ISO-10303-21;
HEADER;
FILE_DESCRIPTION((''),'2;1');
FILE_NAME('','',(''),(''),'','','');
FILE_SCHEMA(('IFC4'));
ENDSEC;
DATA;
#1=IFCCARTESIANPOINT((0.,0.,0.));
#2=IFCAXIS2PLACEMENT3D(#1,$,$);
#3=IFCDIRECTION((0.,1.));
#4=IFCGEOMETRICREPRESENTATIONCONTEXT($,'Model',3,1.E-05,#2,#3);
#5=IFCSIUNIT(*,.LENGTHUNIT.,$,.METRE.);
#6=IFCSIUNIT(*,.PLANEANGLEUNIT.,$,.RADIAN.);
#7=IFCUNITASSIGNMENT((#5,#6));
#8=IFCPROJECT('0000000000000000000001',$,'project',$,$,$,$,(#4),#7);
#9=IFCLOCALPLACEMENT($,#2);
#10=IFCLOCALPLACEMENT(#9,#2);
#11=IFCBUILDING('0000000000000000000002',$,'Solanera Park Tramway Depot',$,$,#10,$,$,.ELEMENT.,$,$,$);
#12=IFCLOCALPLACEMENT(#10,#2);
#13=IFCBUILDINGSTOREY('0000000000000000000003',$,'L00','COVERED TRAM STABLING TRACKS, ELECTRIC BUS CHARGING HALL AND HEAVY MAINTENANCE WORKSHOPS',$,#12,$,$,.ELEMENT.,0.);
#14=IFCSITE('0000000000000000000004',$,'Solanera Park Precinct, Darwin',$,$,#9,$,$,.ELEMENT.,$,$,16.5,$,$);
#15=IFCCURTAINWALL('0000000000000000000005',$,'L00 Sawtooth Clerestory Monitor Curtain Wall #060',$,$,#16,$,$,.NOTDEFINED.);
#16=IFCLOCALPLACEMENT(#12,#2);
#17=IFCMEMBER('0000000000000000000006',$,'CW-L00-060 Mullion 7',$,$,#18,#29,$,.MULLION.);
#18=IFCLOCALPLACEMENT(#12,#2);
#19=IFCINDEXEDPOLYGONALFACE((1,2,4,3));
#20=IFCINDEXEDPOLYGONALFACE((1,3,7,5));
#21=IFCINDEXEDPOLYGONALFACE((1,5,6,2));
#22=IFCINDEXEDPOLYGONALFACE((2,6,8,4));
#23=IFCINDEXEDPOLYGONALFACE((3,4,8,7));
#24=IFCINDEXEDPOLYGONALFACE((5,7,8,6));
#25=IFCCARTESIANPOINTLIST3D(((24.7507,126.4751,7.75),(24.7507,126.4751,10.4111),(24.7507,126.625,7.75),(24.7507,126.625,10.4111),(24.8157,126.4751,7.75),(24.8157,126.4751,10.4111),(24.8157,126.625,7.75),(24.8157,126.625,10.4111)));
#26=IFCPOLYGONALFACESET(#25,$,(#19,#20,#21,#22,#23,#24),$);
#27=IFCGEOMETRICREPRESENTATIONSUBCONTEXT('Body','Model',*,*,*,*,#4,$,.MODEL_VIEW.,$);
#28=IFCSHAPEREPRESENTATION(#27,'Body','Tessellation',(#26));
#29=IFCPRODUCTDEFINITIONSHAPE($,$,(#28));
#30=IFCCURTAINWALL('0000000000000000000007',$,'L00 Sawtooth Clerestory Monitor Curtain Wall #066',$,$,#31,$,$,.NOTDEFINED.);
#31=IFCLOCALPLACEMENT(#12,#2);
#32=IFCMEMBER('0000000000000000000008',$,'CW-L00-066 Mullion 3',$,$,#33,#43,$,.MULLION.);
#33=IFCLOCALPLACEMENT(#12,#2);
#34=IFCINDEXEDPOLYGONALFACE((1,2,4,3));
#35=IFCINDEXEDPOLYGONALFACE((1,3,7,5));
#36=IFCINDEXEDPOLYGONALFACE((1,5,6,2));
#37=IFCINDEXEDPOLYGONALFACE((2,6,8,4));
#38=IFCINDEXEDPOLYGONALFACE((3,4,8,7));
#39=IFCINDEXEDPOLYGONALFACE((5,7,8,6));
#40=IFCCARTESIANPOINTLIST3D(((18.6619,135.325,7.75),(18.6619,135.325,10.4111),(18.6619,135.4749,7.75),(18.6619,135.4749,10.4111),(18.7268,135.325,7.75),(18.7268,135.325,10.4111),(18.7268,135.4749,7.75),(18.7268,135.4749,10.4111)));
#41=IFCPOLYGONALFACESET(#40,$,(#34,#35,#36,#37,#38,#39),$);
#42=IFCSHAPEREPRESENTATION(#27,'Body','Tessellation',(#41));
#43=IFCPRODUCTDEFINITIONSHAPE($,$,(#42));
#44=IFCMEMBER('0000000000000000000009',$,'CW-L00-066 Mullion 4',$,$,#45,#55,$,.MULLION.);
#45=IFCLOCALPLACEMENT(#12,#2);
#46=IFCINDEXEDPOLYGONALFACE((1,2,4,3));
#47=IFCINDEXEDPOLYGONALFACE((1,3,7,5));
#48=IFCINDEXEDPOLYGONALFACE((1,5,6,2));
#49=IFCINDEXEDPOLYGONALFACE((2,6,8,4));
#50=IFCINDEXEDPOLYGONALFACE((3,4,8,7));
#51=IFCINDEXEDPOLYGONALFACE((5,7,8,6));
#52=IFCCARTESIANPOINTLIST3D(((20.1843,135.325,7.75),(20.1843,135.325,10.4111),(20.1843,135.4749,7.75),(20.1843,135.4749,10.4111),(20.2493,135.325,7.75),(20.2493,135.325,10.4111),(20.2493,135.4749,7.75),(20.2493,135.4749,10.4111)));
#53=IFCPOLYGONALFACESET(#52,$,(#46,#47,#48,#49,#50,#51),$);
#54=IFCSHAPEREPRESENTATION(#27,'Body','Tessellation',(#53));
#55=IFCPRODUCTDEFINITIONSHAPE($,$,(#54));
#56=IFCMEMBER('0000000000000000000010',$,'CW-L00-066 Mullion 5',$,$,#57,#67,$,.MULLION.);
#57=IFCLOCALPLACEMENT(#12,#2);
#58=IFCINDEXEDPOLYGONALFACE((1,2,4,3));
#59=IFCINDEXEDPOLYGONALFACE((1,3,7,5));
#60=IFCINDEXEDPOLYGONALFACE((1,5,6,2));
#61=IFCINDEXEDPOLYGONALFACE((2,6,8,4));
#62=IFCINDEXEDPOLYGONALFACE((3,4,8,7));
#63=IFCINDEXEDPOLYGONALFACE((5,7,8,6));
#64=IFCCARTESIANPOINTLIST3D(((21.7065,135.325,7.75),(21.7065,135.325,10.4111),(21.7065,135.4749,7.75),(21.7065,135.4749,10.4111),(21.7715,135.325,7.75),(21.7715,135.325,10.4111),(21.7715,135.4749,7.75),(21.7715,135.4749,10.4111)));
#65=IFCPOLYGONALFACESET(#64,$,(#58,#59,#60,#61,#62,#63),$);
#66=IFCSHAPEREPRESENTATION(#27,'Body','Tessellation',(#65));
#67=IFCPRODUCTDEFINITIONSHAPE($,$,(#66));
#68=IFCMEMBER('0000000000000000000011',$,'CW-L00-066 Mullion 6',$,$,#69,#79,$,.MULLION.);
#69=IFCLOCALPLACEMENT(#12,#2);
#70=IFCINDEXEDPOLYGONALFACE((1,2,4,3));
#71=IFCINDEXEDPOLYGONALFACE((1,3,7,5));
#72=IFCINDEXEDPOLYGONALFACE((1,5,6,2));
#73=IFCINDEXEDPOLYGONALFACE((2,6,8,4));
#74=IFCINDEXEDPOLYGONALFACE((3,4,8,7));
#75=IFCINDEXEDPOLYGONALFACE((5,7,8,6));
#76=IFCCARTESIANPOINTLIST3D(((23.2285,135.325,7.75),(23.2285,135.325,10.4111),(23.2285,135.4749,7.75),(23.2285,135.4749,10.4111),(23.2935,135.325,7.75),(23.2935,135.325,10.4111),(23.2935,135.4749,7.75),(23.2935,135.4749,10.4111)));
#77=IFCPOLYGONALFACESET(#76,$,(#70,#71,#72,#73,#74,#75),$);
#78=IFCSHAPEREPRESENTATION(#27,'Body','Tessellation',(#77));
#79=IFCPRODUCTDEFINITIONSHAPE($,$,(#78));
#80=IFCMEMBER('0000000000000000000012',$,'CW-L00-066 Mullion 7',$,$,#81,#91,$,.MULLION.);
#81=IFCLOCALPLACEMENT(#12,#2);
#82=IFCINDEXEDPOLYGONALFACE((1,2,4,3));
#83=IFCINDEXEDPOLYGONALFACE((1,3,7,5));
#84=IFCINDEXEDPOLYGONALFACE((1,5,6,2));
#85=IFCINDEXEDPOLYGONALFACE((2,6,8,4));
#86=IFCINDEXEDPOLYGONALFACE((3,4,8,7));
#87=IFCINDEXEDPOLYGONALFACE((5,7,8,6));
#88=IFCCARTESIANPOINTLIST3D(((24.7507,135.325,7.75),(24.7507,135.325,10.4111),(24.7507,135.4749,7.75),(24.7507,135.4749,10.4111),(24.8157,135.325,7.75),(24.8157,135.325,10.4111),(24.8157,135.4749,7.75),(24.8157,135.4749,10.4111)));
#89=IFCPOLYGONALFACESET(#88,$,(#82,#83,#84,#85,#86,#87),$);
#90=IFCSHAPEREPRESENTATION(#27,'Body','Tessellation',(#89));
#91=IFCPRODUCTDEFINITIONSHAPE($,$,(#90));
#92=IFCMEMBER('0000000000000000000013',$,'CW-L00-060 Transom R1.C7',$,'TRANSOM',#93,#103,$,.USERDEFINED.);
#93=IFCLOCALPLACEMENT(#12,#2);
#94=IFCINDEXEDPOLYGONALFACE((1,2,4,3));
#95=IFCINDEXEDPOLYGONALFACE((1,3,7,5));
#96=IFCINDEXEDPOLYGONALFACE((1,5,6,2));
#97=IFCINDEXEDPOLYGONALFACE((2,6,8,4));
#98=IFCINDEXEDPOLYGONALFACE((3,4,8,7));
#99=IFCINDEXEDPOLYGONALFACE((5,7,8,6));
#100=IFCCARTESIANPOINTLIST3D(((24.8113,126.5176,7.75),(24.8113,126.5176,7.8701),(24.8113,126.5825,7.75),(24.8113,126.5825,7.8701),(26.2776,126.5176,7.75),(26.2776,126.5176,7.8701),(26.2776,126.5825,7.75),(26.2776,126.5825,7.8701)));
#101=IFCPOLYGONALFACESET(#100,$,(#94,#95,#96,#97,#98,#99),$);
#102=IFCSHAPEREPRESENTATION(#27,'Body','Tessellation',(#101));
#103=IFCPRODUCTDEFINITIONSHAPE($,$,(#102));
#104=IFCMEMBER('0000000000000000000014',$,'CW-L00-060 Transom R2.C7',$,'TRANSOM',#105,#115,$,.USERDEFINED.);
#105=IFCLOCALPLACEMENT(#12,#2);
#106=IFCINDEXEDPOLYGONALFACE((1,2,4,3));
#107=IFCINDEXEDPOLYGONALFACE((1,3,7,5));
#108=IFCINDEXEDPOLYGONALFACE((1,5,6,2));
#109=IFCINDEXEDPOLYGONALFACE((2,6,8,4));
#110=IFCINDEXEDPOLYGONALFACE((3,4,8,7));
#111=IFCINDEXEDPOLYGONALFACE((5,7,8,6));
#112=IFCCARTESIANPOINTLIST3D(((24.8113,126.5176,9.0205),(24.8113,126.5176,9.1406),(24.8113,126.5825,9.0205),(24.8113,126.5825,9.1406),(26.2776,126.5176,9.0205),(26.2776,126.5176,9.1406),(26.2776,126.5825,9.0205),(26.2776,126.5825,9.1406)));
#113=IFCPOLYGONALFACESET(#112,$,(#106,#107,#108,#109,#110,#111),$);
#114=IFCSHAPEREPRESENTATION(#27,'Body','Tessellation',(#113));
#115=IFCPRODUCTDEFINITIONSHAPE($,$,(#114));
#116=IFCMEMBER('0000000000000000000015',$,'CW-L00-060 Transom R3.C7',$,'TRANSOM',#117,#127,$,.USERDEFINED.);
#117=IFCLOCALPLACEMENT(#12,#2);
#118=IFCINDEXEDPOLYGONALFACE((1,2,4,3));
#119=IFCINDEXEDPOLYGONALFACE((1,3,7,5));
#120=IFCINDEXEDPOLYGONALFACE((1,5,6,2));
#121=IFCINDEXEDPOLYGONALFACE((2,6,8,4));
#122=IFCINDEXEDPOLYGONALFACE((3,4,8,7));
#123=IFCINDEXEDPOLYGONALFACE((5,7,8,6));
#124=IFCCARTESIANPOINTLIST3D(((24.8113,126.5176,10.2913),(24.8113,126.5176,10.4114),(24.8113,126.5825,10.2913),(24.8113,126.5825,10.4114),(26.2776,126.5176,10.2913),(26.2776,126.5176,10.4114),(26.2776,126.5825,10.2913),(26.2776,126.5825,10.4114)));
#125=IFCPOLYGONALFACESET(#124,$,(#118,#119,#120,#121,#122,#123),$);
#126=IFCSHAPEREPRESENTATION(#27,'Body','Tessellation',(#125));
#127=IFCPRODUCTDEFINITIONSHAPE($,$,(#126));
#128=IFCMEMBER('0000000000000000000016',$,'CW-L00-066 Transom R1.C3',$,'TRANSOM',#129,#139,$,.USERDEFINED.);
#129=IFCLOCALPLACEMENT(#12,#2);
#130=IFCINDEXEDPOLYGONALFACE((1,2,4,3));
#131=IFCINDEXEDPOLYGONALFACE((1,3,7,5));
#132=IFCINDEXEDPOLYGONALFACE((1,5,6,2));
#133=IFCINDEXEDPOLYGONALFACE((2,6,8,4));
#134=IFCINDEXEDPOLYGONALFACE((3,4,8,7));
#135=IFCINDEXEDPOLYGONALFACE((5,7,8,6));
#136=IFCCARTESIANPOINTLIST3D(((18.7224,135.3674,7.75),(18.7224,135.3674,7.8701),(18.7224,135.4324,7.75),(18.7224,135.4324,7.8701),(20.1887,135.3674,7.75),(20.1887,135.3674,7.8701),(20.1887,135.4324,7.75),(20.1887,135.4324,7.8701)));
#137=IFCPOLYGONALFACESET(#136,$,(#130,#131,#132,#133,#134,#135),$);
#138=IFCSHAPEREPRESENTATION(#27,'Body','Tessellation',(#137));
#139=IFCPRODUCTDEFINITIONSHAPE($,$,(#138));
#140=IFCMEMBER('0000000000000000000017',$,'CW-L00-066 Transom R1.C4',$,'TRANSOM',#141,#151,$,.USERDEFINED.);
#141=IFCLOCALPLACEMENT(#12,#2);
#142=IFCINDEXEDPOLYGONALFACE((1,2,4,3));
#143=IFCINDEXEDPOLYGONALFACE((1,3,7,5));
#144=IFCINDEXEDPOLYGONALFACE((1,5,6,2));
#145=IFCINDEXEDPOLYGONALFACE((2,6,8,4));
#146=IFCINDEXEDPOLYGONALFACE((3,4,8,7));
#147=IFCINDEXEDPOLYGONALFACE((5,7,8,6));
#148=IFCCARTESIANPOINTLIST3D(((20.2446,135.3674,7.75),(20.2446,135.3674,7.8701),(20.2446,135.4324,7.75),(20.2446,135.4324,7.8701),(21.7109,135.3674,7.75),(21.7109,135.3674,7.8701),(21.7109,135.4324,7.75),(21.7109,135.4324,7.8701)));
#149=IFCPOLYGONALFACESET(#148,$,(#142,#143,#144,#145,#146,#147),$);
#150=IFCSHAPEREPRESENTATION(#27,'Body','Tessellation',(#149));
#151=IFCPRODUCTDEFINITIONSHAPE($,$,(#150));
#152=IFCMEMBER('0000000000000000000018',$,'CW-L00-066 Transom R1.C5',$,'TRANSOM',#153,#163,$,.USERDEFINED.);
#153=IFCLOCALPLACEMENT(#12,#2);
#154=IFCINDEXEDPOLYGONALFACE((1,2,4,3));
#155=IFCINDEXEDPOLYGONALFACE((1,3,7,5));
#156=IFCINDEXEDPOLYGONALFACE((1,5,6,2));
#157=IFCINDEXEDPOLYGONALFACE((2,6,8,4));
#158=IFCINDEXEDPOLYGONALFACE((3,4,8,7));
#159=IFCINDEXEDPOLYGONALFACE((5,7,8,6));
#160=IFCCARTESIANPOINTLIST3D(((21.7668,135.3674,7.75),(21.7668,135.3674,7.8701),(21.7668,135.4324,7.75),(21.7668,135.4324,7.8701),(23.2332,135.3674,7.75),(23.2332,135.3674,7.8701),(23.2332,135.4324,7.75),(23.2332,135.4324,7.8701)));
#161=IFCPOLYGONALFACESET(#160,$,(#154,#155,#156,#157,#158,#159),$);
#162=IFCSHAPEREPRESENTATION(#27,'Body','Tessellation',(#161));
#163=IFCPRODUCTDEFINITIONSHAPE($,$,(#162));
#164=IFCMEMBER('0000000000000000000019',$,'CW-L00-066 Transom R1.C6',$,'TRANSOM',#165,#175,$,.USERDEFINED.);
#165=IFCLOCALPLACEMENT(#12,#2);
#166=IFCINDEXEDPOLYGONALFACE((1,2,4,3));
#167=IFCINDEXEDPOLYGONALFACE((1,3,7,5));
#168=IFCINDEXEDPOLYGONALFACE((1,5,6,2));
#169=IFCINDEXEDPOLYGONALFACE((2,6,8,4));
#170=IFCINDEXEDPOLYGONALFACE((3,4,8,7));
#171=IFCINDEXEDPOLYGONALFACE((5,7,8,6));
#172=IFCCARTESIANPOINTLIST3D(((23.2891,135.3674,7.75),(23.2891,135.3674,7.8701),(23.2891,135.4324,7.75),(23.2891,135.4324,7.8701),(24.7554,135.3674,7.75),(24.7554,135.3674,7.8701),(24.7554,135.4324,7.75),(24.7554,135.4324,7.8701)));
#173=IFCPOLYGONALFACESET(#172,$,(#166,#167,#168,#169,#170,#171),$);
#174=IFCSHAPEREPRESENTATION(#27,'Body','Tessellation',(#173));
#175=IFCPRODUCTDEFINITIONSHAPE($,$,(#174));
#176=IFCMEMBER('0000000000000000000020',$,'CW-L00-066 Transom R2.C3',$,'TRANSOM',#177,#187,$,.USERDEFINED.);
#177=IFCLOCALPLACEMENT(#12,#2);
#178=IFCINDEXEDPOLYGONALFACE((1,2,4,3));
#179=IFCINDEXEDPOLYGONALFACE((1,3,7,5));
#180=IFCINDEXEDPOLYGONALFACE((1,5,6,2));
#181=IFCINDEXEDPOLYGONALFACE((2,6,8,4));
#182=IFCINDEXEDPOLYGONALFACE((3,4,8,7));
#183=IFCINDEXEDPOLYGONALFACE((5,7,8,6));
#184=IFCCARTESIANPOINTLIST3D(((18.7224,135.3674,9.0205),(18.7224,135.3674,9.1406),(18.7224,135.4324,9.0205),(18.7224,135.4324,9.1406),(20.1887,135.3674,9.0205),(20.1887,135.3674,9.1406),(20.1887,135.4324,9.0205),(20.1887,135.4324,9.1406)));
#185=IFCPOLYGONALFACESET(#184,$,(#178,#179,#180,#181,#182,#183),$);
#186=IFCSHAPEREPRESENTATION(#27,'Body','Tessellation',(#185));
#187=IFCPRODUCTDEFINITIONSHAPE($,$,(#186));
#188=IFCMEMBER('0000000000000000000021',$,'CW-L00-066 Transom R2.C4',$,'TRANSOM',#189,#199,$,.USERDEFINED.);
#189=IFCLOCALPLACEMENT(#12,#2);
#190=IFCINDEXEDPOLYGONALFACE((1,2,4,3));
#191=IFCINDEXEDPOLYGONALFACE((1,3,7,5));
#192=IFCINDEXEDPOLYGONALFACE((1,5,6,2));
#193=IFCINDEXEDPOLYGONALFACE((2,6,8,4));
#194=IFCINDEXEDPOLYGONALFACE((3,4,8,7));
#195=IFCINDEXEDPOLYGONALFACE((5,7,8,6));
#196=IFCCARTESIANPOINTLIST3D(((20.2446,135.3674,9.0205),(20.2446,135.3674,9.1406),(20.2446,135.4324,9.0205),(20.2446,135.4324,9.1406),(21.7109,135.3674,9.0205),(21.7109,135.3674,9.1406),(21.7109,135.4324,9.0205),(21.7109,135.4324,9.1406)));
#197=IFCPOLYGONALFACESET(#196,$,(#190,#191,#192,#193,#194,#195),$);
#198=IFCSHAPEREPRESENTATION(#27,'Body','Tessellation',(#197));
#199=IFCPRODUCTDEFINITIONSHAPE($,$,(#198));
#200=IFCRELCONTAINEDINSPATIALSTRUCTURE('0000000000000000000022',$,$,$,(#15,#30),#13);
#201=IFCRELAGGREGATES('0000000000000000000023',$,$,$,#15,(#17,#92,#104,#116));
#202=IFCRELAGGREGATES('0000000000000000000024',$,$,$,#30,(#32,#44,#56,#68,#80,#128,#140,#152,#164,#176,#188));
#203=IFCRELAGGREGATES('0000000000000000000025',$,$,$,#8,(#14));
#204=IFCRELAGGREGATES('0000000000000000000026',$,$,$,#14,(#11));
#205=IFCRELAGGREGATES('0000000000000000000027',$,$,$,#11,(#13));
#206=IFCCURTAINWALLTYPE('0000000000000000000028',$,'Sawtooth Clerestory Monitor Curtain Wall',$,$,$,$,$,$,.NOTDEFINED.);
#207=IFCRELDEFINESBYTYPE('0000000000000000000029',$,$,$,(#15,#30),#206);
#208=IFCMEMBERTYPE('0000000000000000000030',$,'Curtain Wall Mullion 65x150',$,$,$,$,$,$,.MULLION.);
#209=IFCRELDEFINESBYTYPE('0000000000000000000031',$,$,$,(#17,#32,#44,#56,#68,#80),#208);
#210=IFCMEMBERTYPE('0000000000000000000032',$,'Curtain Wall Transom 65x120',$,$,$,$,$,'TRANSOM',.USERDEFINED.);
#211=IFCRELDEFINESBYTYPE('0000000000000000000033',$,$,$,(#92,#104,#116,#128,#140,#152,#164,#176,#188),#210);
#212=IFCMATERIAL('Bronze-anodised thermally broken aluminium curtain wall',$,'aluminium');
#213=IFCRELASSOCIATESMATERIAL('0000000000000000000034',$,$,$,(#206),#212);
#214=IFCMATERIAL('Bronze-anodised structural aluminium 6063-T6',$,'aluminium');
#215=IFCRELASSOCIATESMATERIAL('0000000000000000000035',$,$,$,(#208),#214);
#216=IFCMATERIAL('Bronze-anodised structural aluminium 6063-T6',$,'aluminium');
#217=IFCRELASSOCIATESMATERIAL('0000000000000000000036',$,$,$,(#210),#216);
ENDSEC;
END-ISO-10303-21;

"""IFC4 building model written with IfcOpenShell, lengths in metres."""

from ifc_helpers import new_model, si_unit, direction, frame, origin, origin_2d, place, context, subcontext, project, spatial, rectangle, extrude, material, material_profile, profile_set, type_object, element, aggregate, save


model = new_model("IFC4")

# Units and contexts
model_context = context("Model", 3, precision=1e-05, world=origin(), true_north=direction((0.0, 1.0)))
body_context = subcontext(model_context, "Body", "Model", "MODEL_VIEW")
ifc_project = project(units=[si_unit("LENGTHUNIT", "METRE"), si_unit("PLANEANGLEUNIT", "RADIAN")], contexts=[model_context])

# Site, building, storey
site_placement = place(None, origin())
site = spatial("IfcSite", under=ifc_project, at=site_placement, Name="Solanera Park Precinct, Darwin", CompositionType="ELEMENT", RefElevation=16.5)
building_placement = place(site_placement, origin())
building = spatial("IfcBuilding", under=site, at=building_placement, Name="Solanera Park Tramway Depot", CompositionType="ELEMENT")
storey_placement = place(building_placement, origin())
storey = spatial("IfcBuildingStorey", under=building, at=storey_placement, Name="L00", Description="COVERED TRAM STABLING TRACKS, ELECTRIC BUS CHARGING HALL AND HEAVY MAINTENANCE WORKSHOPS", CompositionType="ELEMENT", Elevation=0.0)

# Curtain wall, member
ifc_material_1 = material(Name="Bronze-anodised thermally broken aluminium curtain wall", Category="aluminium")
curtain_wall_type = type_object("IfcCurtainWallType", Name="Sawtooth Clerestory Monitor Curtain Wall", PredefinedType="NOTDEFINED", material=ifc_material_1)
curtain_wall_1_placement = place(storey_placement, origin())
curtain_wall_1 = element("IfcCurtainWall", 1, at=curtain_wall_1_placement, inside=storey, type_object=curtain_wall_type, Name="L00 Sawtooth Clerestory Monitor Curtain Wall #060", PredefinedType="NOTDEFINED")
ifc_material_2 = material(Name="Bronze-anodised structural aluminium 6063-T6", Category="aluminium")
ifc_material_profile_1 = material_profile(ifc_material_2, rectangle(XDim=0.0649, YDim=0.1499, at=origin_2d()), Name="Curtain Wall Mullion 65x150")
ifc_profile_set_1 = profile_set([ifc_material_profile_1], Name="Bronze-anodised structural aluminium 6063-T6")
member_type_1 = type_object("IfcMemberType", Name="Curtain Wall Mullion 65x150", PredefinedType="MULLION", material=ifc_profile_set_1)
member_1_placement = place(storey_placement, frame((24.7832, 126.55, 7.75), z_axis=(0.0, 0.0, 1.0), x_axis=(1.0, 0.0, 0.0)))
member_1 = element("IfcMember", 2, at=member_1_placement, type_object=member_type_1, Name="CW-L00-060 Mullion 7", PredefinedType="MULLION", context=body_context, shape_type="SweptSolid", body=[
    extrude(rectangle(XDim=0.0649, YDim=0.1499, at=origin_2d()), origin(), (0.0, 0.0, 1.0), 2.6611),
])

# Curtain wall, members
curtain_wall_2_placement = place(storey_placement, origin())
curtain_wall_2 = element("IfcCurtainWall", 3, at=curtain_wall_2_placement, inside=storey, type_object=curtain_wall_type, Name="L00 Sawtooth Clerestory Monitor Curtain Wall #066", PredefinedType="NOTDEFINED")
member_2_placement = place(storey_placement, frame((18.6943, 135.3999, 7.75), z_axis=(0.0, 0.0, 1.0), x_axis=(1.0, 0.0, 0.0)))
member_2 = element("IfcMember", 4, at=member_2_placement, type_object=member_type_1, Name="CW-L00-066 Mullion 3", PredefinedType="MULLION", context=body_context, shape_type="SweptSolid", body=[
    extrude(rectangle(XDim=0.0649, YDim=0.1499, at=origin_2d()), origin(), (0.0, 0.0, 1.0), 2.6611),
])
member_3_placement = place(storey_placement, frame((20.2168, 135.3999, 7.75), z_axis=(0.0, 0.0, 1.0), x_axis=(1.0, 0.0, 0.0)))
member_3 = element("IfcMember", 5, at=member_3_placement, type_object=member_type_1, Name="CW-L00-066 Mullion 4", PredefinedType="MULLION", context=body_context, shape_type="SweptSolid", body=[
    extrude(rectangle(XDim=0.0649, YDim=0.1499, at=origin_2d()), origin(), (0.0, 0.0, 1.0), 2.6611),
])
member_4_placement = place(storey_placement, frame((21.739, 135.3999, 7.75), z_axis=(0.0, 0.0, 1.0), x_axis=(1.0, 0.0, 0.0)))
member_4 = element("IfcMember", 6, at=member_4_placement, type_object=member_type_1, Name="CW-L00-066 Mullion 5", PredefinedType="MULLION", context=body_context, shape_type="SweptSolid", body=[
    extrude(rectangle(XDim=0.0649, YDim=0.1499, at=origin_2d()), origin(), (0.0, 0.0, 1.0), 2.6611),
])
member_5_placement = place(storey_placement, frame((23.261, 135.3999, 7.75), z_axis=(0.0, 0.0, 1.0), x_axis=(1.0, 0.0, 0.0)))
member_5 = element("IfcMember", 7, at=member_5_placement, type_object=member_type_1, Name="CW-L00-066 Mullion 6", PredefinedType="MULLION", context=body_context, shape_type="SweptSolid", body=[
    extrude(rectangle(XDim=0.0649, YDim=0.1499, at=origin_2d()), origin(), (0.0, 0.0, 1.0), 2.6611),
])
member_6_placement = place(storey_placement, frame((24.7832, 135.3999, 7.75), z_axis=(0.0, 0.0, 1.0), x_axis=(1.0, 0.0, 0.0)))
member_6 = element("IfcMember", 8, at=member_6_placement, type_object=member_type_1, Name="CW-L00-066 Mullion 7", PredefinedType="MULLION", context=body_context, shape_type="SweptSolid", body=[
    extrude(rectangle(XDim=0.0649, YDim=0.1499, at=origin_2d()), origin(), (0.0, 0.0, 1.0), 2.6611),
])

# Members
ifc_material_3 = material(Name="Bronze-anodised structural aluminium 6063-T6", Category="aluminium")
ifc_material_profile_2 = material_profile(ifc_material_3, rectangle(XDim=0.0649, YDim=0.1201, at=origin_2d()), Name="Curtain Wall Transom 65x120")
ifc_profile_set_2 = profile_set([ifc_material_profile_2], Name="Bronze-anodised structural aluminium 6063-T6")
member_type_2 = type_object("IfcMemberType", Name="Curtain Wall Transom 65x120", ElementType="TRANSOM", PredefinedType="USERDEFINED", material=ifc_profile_set_2)
member_7_placement = place(storey_placement, frame((24.8113, 126.55, 7.8101), z_axis=(1.0, 0.0, 0.0), x_axis=(0.0, 1.0, 0.0)))
member_7 = element("IfcMember", 9, at=member_7_placement, type_object=member_type_2, Name="CW-L00-060 Transom R1.C7", ObjectType="TRANSOM", PredefinedType="USERDEFINED", context=body_context, shape_type="SweptSolid", body=[
    extrude(rectangle(XDim=0.0649, YDim=0.1201, at=origin_2d()), origin(), (0.0, 0.0, 1.0), 1.4663),
])
member_8_placement = place(storey_placement, frame((24.8113, 126.55, 9.0806), z_axis=(1.0, 0.0, 0.0), x_axis=(0.0, 1.0, 0.0)))
member_8 = element("IfcMember", 10, at=member_8_placement, type_object=member_type_2, Name="CW-L00-060 Transom R2.C7", ObjectType="TRANSOM", PredefinedType="USERDEFINED", context=body_context, shape_type="SweptSolid", body=[
    extrude(rectangle(XDim=0.0649, YDim=0.1201, at=origin_2d()), origin(), (0.0, 0.0, 1.0), 1.4663),
])
member_9_placement = place(storey_placement, frame((24.8113, 126.55, 10.3513), z_axis=(1.0, 0.0, 0.0), x_axis=(0.0, 1.0, 0.0)))
member_9 = element("IfcMember", 11, at=member_9_placement, type_object=member_type_2, Name="CW-L00-060 Transom R3.C7", ObjectType="TRANSOM", PredefinedType="USERDEFINED", context=body_context, shape_type="SweptSolid", body=[
    extrude(rectangle(XDim=0.0649, YDim=0.1201, at=origin_2d()), origin(), (0.0, 0.0, 1.0), 1.4663),
])
member_10_placement = place(storey_placement, frame((18.7224, 135.3999, 7.8101), z_axis=(1.0, 0.0, 0.0), x_axis=(0.0, 1.0, 0.0)))
member_10 = element("IfcMember", 12, at=member_10_placement, type_object=member_type_2, Name="CW-L00-066 Transom R1.C3", ObjectType="TRANSOM", PredefinedType="USERDEFINED", context=body_context, shape_type="SweptSolid", body=[
    extrude(rectangle(XDim=0.0649, YDim=0.1201, at=origin_2d()), origin(), (0.0, 0.0, 1.0), 1.4663),
])
member_11_placement = place(storey_placement, frame((20.2446, 135.3999, 7.8101), z_axis=(1.0, 0.0, 0.0), x_axis=(0.0, 1.0, 0.0)))
member_11 = element("IfcMember", 13, at=member_11_placement, type_object=member_type_2, Name="CW-L00-066 Transom R1.C4", ObjectType="TRANSOM", PredefinedType="USERDEFINED", context=body_context, shape_type="SweptSolid", body=[
    extrude(rectangle(XDim=0.0649, YDim=0.1201, at=origin_2d()), origin(), (0.0, 0.0, 1.0), 1.4663),
])
member_12_placement = place(storey_placement, frame((21.7668, 135.3999, 7.8101), z_axis=(1.0, 0.0, 0.0), x_axis=(0.0, 1.0, 0.0)))
member_12 = element("IfcMember", 14, at=member_12_placement, type_object=member_type_2, Name="CW-L00-066 Transom R1.C5", ObjectType="TRANSOM", PredefinedType="USERDEFINED", context=body_context, shape_type="SweptSolid", body=[
    extrude(rectangle(XDim=0.0649, YDim=0.1201, at=origin_2d()), origin(), (0.0, 0.0, 1.0), 1.4663),
])
member_13_placement = place(storey_placement, frame((23.2891, 135.3999, 7.8101), z_axis=(1.0, 0.0, 0.0), x_axis=(0.0, 1.0, 0.0)))
member_13 = element("IfcMember", 15, at=member_13_placement, type_object=member_type_2, Name="CW-L00-066 Transom R1.C6", ObjectType="TRANSOM", PredefinedType="USERDEFINED", context=body_context, shape_type="SweptSolid", body=[
    extrude(rectangle(XDim=0.0649, YDim=0.1201, at=origin_2d()), origin(), (0.0, 0.0, 1.0), 1.4663),
])
member_14_placement = place(storey_placement, frame((18.7224, 135.3999, 9.0806), z_axis=(1.0, 0.0, 0.0), x_axis=(0.0, 1.0, 0.0)))
member_14 = element("IfcMember", 16, at=member_14_placement, type_object=member_type_2, Name="CW-L00-066 Transom R2.C3", ObjectType="TRANSOM", PredefinedType="USERDEFINED", context=body_context, shape_type="SweptSolid", body=[
    extrude(rectangle(XDim=0.0649, YDim=0.1201, at=origin_2d()), origin(), (0.0, 0.0, 1.0), 1.4663),
])
member_15_placement = place(storey_placement, frame((20.2446, 135.3999, 9.0806), z_axis=(1.0, 0.0, 0.0), x_axis=(0.0, 1.0, 0.0)))
member_15 = element("IfcMember", 17, at=member_15_placement, type_object=member_type_2, Name="CW-L00-066 Transom R2.C4", ObjectType="TRANSOM", PredefinedType="USERDEFINED", context=body_context, shape_type="SweptSolid", body=[
    extrude(rectangle(XDim=0.0649, YDim=0.1201, at=origin_2d()), origin(), (0.0, 0.0, 1.0), 1.4663),
])

aggregate(curtain_wall_1, [member_1, member_7, member_8, member_9])
aggregate(curtain_wall_2, [member_2, member_3, member_4, member_5, member_6, member_10, member_11, member_12, member_13, member_14, member_15])

save(model, "model.ifc")
